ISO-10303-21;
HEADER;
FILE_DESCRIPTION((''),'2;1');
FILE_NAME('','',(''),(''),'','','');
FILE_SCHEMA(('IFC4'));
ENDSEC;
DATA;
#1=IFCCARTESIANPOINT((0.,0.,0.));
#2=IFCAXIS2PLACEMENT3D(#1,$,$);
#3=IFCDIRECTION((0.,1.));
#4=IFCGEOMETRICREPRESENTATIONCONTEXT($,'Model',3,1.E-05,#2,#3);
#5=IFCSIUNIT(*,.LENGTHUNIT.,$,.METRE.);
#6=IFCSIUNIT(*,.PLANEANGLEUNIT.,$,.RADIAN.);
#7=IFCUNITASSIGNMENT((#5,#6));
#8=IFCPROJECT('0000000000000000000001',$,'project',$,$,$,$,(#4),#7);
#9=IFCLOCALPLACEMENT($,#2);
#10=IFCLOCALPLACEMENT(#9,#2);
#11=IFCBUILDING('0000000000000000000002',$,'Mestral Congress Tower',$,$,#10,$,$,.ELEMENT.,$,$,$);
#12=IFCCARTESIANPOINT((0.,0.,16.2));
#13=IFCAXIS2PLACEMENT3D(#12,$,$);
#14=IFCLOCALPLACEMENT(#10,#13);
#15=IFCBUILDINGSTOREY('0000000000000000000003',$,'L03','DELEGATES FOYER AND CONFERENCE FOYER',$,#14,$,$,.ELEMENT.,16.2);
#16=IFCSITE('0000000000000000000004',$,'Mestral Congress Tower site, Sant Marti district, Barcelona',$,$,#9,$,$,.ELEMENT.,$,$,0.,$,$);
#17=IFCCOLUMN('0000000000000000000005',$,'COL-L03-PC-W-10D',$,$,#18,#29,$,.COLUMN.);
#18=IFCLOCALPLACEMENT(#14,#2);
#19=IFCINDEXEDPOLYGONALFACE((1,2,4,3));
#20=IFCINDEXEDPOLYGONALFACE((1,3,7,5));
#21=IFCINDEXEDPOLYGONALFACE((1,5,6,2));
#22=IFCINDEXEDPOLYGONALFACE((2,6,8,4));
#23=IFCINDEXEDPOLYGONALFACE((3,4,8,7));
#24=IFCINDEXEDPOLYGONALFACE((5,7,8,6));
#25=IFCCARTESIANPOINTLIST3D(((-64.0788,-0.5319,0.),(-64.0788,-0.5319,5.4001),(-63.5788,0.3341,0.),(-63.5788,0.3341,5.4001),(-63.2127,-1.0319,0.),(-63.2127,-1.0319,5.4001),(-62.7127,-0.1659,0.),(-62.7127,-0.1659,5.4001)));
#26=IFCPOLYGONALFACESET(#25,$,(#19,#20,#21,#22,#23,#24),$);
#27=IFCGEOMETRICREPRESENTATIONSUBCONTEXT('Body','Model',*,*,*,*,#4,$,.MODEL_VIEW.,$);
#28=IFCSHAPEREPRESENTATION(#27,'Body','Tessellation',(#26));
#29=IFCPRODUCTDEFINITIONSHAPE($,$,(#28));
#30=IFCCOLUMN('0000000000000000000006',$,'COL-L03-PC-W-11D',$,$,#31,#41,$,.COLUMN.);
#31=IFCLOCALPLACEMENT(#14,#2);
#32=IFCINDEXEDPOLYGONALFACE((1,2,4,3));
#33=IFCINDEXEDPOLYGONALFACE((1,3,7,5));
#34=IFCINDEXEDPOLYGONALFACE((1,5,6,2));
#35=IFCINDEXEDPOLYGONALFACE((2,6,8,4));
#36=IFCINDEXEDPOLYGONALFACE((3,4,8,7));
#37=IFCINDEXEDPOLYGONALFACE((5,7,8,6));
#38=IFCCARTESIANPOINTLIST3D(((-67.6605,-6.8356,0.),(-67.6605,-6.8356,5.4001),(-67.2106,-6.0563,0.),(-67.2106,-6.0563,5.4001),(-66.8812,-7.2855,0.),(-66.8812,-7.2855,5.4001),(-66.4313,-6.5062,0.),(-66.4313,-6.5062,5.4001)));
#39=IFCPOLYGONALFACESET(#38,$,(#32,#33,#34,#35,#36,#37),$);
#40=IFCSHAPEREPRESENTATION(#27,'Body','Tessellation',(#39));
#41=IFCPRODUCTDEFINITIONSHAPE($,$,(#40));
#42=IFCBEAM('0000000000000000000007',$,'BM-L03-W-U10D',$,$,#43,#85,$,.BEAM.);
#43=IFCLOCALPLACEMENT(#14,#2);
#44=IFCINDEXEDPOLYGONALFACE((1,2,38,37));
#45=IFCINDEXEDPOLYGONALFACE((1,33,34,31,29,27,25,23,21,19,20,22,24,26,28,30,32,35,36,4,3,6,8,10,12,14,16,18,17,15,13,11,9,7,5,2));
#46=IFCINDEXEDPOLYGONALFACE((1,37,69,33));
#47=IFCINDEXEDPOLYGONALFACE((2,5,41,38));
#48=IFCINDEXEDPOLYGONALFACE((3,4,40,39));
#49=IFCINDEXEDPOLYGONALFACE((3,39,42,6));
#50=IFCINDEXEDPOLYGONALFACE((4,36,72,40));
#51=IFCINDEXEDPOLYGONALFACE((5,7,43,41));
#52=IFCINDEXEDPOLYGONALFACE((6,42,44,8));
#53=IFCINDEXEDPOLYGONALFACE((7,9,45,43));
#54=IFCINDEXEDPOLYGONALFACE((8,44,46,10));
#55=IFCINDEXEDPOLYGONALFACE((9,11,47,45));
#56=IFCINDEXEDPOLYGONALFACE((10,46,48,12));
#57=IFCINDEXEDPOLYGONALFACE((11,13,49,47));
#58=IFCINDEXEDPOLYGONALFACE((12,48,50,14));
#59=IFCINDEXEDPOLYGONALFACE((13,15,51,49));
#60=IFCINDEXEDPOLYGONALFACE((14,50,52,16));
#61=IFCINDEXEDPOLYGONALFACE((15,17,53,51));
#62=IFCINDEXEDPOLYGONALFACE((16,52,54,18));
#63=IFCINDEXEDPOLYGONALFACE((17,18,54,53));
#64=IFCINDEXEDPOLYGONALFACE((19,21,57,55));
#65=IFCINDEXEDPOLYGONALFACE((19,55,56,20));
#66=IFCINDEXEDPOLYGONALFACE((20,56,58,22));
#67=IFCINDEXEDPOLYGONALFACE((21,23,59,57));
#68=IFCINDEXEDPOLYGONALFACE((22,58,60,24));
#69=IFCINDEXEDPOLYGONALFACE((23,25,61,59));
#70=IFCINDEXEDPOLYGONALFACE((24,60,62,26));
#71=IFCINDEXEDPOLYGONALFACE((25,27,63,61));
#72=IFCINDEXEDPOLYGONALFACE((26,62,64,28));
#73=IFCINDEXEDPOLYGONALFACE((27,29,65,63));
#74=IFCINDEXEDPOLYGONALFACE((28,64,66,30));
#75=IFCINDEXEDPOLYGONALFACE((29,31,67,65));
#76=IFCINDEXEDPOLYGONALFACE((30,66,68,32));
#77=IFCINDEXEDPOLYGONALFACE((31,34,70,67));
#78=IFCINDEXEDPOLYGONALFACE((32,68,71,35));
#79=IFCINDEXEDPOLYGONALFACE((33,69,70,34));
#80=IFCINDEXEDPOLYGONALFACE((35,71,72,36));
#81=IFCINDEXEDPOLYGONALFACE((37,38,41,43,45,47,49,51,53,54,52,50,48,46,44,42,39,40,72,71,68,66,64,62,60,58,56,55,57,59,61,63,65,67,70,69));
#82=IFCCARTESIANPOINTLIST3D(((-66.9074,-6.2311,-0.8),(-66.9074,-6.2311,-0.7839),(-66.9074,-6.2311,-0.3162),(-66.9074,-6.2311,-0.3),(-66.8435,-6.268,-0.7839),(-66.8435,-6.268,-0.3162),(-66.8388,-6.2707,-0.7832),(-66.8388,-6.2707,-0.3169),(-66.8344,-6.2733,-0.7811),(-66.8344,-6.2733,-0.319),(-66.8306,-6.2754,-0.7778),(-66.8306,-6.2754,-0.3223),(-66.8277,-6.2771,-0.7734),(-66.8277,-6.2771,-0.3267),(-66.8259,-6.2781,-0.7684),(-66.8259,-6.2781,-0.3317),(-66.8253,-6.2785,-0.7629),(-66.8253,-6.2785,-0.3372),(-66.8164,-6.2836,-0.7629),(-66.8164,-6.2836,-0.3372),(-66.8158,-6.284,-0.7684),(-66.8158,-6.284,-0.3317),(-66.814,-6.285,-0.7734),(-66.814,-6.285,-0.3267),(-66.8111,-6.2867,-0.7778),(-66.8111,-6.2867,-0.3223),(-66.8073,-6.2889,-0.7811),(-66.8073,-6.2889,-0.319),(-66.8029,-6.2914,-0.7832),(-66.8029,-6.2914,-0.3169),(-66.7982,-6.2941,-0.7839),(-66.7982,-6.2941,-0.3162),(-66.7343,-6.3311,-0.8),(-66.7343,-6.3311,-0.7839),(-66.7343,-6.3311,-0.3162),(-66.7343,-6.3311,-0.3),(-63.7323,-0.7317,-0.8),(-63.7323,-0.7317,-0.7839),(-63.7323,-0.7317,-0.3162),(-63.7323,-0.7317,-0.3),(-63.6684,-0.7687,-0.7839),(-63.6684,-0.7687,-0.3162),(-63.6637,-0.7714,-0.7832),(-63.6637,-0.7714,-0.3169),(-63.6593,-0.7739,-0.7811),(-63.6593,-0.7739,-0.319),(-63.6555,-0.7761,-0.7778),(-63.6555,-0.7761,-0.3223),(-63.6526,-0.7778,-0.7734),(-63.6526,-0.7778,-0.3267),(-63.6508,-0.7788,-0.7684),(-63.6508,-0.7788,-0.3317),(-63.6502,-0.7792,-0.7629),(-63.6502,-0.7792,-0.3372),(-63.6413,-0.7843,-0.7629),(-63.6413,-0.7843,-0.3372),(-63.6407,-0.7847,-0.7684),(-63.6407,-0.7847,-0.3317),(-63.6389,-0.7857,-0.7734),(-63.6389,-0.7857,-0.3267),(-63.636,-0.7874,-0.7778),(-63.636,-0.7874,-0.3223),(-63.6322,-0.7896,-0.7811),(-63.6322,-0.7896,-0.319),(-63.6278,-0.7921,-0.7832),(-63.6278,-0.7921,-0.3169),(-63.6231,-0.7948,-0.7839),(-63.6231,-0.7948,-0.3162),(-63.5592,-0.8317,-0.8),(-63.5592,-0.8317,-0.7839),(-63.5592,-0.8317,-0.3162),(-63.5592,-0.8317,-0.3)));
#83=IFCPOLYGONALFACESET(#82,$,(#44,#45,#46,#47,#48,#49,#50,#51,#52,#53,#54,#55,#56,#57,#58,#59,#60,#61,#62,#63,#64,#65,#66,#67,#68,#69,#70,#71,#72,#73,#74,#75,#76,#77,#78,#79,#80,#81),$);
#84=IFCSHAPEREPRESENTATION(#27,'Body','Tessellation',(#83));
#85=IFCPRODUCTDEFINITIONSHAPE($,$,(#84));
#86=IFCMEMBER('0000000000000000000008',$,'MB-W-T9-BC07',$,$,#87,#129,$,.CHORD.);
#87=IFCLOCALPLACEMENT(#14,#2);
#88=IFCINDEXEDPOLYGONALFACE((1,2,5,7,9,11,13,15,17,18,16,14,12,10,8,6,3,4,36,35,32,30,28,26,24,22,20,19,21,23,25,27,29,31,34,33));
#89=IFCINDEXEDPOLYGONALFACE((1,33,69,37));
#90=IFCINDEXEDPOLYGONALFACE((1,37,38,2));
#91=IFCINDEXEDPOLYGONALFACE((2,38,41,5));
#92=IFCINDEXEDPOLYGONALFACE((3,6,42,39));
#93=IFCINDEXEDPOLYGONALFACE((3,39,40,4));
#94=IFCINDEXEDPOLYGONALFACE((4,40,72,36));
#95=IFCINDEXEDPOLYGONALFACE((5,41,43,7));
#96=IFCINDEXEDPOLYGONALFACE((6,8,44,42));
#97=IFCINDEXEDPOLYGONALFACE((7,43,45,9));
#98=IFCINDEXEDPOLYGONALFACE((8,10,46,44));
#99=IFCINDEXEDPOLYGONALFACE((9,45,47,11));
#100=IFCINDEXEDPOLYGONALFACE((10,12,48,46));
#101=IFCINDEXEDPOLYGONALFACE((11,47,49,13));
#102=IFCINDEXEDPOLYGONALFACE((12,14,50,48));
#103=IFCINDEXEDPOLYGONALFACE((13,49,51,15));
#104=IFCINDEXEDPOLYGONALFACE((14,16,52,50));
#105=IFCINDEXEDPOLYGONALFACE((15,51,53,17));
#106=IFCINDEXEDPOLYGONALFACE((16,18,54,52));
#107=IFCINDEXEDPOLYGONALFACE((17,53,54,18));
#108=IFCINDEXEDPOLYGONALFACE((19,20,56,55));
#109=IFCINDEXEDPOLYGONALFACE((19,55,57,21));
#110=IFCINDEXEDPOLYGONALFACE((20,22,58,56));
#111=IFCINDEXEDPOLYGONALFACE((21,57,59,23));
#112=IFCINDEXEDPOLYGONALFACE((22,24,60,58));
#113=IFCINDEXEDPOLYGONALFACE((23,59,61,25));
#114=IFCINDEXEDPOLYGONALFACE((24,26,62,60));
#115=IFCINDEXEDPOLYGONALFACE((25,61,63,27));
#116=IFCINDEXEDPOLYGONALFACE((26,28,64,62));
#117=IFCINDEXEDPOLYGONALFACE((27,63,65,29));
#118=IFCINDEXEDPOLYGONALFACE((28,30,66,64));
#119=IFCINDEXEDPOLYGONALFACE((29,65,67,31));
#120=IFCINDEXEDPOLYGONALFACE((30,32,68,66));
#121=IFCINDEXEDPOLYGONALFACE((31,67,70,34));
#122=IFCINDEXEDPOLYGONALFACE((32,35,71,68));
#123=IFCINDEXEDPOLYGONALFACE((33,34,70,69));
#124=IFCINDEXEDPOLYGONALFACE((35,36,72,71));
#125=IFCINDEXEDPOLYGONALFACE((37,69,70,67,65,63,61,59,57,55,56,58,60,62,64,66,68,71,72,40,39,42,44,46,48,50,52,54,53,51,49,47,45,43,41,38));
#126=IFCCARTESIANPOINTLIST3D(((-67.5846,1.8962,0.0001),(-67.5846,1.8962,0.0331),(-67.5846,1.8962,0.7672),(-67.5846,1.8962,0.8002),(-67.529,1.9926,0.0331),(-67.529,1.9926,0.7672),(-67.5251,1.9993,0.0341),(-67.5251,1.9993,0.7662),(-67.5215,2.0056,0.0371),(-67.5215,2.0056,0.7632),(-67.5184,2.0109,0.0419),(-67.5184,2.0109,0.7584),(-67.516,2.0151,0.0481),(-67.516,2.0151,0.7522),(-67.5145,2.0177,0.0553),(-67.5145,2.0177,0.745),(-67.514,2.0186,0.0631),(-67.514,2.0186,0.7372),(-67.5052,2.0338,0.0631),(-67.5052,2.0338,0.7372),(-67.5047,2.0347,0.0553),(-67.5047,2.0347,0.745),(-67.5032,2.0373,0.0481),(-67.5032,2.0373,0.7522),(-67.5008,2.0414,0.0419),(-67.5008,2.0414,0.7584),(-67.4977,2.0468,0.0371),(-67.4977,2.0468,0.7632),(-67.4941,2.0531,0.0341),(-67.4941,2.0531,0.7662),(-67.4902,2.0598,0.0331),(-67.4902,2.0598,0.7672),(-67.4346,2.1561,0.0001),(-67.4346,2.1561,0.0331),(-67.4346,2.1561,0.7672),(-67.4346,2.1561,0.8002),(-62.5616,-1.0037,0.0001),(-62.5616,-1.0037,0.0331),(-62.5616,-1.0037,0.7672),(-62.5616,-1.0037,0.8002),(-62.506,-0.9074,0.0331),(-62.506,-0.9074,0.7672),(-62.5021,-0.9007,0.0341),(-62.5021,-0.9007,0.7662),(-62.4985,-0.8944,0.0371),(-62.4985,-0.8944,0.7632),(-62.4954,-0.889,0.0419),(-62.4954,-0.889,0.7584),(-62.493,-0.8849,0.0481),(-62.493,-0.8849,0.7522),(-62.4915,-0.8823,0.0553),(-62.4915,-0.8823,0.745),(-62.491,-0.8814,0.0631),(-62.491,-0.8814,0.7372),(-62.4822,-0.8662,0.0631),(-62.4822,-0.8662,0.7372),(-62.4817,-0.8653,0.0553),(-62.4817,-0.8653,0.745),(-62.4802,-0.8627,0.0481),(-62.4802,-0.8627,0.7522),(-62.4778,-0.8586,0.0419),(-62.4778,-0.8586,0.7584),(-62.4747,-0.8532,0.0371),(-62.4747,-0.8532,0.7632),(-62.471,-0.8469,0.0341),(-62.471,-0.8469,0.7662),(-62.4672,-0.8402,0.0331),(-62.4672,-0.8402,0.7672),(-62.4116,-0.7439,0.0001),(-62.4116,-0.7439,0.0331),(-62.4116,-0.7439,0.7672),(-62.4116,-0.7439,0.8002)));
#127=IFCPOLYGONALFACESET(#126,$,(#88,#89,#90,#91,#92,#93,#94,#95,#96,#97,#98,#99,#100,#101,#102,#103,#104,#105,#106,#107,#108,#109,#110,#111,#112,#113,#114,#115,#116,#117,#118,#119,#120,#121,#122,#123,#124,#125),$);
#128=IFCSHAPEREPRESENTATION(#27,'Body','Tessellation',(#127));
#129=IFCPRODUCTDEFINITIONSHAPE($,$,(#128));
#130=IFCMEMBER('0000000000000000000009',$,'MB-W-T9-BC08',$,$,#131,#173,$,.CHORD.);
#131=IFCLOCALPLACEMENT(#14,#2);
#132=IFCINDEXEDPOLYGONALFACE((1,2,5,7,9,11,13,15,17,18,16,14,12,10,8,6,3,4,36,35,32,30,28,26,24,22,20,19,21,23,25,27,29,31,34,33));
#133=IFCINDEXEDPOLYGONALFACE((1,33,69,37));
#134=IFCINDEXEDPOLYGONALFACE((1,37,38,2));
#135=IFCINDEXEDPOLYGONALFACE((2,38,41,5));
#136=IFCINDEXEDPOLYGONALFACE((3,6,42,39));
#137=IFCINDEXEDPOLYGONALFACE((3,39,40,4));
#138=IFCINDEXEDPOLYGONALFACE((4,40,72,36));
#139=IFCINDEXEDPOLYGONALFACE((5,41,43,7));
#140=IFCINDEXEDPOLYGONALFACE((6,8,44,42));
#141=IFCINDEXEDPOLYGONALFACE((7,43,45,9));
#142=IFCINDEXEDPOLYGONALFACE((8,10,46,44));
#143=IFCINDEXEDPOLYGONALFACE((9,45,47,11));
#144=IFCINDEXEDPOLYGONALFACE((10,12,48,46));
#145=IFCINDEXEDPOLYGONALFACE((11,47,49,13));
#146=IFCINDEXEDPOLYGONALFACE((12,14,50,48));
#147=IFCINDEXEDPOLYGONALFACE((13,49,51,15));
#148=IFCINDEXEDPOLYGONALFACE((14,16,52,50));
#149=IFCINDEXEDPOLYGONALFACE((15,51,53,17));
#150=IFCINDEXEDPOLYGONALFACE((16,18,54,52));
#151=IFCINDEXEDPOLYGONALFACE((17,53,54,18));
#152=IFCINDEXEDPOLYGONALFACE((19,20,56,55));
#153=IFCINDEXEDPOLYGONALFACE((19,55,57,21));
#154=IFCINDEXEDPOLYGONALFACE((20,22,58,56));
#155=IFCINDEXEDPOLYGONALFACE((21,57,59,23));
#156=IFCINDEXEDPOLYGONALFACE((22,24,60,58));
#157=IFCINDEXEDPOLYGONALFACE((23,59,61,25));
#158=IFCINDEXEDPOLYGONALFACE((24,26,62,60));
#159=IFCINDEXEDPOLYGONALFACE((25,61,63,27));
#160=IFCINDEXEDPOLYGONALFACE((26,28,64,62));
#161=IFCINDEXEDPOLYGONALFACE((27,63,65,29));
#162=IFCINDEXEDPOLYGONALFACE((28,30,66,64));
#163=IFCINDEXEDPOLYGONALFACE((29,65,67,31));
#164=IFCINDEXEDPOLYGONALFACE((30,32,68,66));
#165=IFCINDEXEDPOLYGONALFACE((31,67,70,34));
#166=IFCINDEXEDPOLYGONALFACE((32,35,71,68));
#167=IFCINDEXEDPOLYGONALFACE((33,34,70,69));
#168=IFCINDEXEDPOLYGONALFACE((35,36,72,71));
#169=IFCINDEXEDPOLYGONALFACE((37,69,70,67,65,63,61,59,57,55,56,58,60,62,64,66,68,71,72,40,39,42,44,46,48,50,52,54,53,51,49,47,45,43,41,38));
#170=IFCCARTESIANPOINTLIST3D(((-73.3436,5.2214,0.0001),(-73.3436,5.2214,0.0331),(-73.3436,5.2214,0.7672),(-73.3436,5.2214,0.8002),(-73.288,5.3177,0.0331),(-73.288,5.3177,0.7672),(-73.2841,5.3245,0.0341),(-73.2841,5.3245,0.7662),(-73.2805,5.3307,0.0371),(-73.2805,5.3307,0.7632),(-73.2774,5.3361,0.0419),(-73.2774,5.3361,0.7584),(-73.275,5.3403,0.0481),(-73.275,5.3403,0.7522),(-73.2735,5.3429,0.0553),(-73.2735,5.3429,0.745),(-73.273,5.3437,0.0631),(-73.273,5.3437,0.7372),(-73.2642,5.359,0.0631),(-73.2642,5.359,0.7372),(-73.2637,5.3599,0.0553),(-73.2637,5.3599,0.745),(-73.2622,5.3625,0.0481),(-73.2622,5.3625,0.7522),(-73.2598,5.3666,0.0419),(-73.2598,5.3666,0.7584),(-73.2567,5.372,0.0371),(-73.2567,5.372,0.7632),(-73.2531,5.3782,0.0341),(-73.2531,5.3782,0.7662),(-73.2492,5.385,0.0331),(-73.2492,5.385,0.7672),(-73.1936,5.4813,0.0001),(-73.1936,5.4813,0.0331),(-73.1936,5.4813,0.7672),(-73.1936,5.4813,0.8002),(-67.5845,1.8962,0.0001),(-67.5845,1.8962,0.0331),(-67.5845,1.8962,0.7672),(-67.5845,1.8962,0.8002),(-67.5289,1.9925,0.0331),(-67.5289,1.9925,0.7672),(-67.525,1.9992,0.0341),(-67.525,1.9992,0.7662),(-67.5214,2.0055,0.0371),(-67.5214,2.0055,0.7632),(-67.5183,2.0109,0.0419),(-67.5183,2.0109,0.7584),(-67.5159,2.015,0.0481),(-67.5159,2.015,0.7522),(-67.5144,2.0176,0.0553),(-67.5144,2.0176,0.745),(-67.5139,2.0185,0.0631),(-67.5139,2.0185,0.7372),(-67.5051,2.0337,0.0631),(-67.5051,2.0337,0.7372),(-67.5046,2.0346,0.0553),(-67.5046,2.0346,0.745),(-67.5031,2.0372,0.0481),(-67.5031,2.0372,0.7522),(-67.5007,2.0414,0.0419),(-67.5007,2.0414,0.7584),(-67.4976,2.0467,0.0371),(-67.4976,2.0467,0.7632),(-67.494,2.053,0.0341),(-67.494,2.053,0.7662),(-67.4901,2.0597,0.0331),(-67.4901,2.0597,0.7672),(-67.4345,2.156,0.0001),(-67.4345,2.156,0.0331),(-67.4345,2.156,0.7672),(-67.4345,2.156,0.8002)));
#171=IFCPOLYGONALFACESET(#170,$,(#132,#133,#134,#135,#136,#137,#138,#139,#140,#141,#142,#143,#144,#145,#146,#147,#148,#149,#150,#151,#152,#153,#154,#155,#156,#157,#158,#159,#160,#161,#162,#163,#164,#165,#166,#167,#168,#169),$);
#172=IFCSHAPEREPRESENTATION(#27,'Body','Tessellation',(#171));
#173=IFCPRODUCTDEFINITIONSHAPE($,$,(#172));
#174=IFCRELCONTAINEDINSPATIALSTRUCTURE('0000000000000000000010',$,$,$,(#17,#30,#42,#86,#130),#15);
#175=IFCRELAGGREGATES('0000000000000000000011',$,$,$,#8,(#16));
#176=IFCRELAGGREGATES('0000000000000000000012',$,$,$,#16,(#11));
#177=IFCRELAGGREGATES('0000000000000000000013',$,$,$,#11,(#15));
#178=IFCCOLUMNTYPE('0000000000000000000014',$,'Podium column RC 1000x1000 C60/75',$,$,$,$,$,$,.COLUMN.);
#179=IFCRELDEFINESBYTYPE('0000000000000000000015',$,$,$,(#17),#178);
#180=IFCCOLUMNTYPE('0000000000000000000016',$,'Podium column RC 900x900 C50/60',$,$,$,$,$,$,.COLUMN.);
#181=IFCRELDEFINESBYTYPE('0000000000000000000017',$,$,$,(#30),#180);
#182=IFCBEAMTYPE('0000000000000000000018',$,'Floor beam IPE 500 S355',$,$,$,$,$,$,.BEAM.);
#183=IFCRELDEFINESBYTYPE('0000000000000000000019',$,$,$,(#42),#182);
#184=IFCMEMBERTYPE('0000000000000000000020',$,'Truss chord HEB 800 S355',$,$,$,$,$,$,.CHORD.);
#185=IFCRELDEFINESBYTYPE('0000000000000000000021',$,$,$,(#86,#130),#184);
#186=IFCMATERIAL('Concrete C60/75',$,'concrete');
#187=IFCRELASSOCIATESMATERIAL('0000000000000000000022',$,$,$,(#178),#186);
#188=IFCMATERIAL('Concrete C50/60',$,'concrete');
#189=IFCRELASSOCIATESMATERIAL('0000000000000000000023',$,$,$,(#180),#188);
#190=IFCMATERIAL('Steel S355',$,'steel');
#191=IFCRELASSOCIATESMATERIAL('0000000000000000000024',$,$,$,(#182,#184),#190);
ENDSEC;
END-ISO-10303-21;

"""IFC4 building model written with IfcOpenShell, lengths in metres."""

from ifc_helpers import new_model, si_unit, direction, frame, origin, origin_2d, place, context, subcontext, project, spatial, rectangle, i_section, extrude, material, material_profile, profile_set, type_object, element, save


model = new_model("IFC4")

# Units and contexts
model_context = context("Model", 3, precision=1e-05, world=origin(), true_north=direction((0.0, 1.0)))
body_context = subcontext(model_context, "Body", "Model", "MODEL_VIEW")
ifc_project = project(units=[si_unit("LENGTHUNIT", "METRE"), si_unit("PLANEANGLEUNIT", "RADIAN")], contexts=[model_context])

# Site, building, storey
site_placement = place(None, origin())
site = spatial("IfcSite", under=ifc_project, at=site_placement, Name="Mestral Congress Tower site, Sant Marti district, Barcelona", CompositionType="ELEMENT", RefElevation=0.0)
building_placement = place(site_placement, origin())
building = spatial("IfcBuilding", under=site, at=building_placement, Name="Mestral Congress Tower", CompositionType="ELEMENT")
storey_placement = place(building_placement, frame((0.0, 0.0, 16.2)))
storey = spatial("IfcBuildingStorey", under=building, at=storey_placement, Name="L03", Description="DELEGATES FOYER AND CONFERENCE FOYER", CompositionType="ELEMENT", Elevation=16.2)

# Columns
ifc_material_1 = material(Name="Concrete C60/75", Category="concrete")
ifc_material_profile_1 = material_profile(ifc_material_1, rectangle(XDim=1.0, YDim=1.0, at=origin_2d()), Name="RC 1000x1000")
ifc_profile_set_1 = profile_set([ifc_material_profile_1], Name="Concrete C60/75")
column_type_1 = type_object("IfcColumnType", Name="Podium column RC 1000x1000 C60/75", PredefinedType="COLUMN", material=ifc_profile_set_1)
column_1_placement = place(storey_placement, frame((-63.3958, -0.3489, 0.0), z_axis=(0.0, 0.0, 1.0), x_axis=(-0.5, -0.866025, 0.0)))
element("IfcColumn", 1, at=column_1_placement, inside=storey, type_object=column_type_1, Name="COL-L03-PC-W-10D", PredefinedType="COLUMN", context=body_context, shape_type="SweptSolid", body=[
    extrude(rectangle(XDim=1.0, YDim=1.0, at=origin_2d()), origin(), (0.0, 0.0, 1.0), 5.4001),
])
ifc_material_2 = material(Name="Concrete C50/60", Category="concrete")
ifc_material_profile_2 = material_profile(ifc_material_2, rectangle(XDim=0.8999, YDim=0.8999, at=origin_2d()), Name="RC 900x900")
ifc_profile_set_2 = profile_set([ifc_material_profile_2], Name="Concrete C50/60")
column_type_2 = type_object("IfcColumnType", Name="Podium column RC 900x900 C50/60", PredefinedType="COLUMN", material=ifc_profile_set_2)
column_2_placement = place(storey_placement, frame((-67.0459, -6.6709, 0.0), z_axis=(0.0, 0.0, 1.0), x_axis=(-0.5, -0.866025, 0.0)))
element("IfcColumn", 2, at=column_2_placement, inside=storey, type_object=column_type_2, Name="COL-L03-PC-W-11D", PredefinedType="COLUMN", context=body_context, shape_type="SweptSolid", body=[
    extrude(rectangle(XDim=0.8999, YDim=0.8999, at=origin_2d()), origin(), (0.0, 0.0, 1.0), 5.4001),
])

# Beam
ifc_material_3 = material(Name="Steel S355", Category="steel")
ifc_material_profile_3 = material_profile(ifc_material_3, i_section(OverallWidth=0.2, OverallDepth=0.5, WebThickness=0.0103, FlangeThickness=0.0161, FilletRadius=0.021, at=origin_2d()), Name="IPE 500")
ifc_profile_set_3 = profile_set([ifc_material_profile_3], Name="Steel S355")
beam_type = type_object("IfcBeamType", Name="Floor beam IPE 500 S355", PredefinedType="BEAM", material=ifc_profile_set_3)
beam_placement = place(storey_placement, frame((-63.6458, -0.7817, -0.55), z_axis=(-0.500005, -0.866022, 0.0), x_axis=(0.866022, -0.500005, 0.0)))
element("IfcBeam", 3, at=beam_placement, inside=storey, type_object=beam_type, Name="BM-L03-W-U10D", PredefinedType="BEAM", context=body_context, shape_type="SweptSolid", body=[
    extrude(i_section(OverallWidth=0.2, OverallDepth=0.5, WebThickness=0.0103, FlangeThickness=0.0161, FilletRadius=0.021, at=origin_2d()), origin(), (0.0, 0.0, 1.0), 6.3501),
])

# Members
ifc_material_profile_4 = material_profile(ifc_material_3, i_section(OverallWidth=0.3, OverallDepth=0.8, WebThickness=0.0176, FlangeThickness=0.033, FilletRadius=0.03, at=origin_2d()), Name="HEB 800")
ifc_profile_set_4 = profile_set([ifc_material_profile_4], Name="Steel S355")
member_type_1 = type_object("IfcMemberType", Name="Truss chord HEB 800 S355", PredefinedType="CHORD", material=ifc_profile_set_4)
member_1_placement = place(storey_placement, frame((-62.4866, -0.8738, 0.4001), z_axis=(-0.866033, 0.499987, 0.0), x_axis=(-0.499987, -0.866033, 0.0)))
element("IfcMember", 4, at=member_1_placement, inside=storey, type_object=member_type_1, Name="MB-W-T9-BC07", PredefinedType="CHORD", context=body_context, shape_type="SweptSolid", body=[
    extrude(i_section(OverallWidth=0.3, OverallDepth=0.8, WebThickness=0.0176, FlangeThickness=0.033, FilletRadius=0.03, at=origin_2d()), origin(), (0.0, 0.0, 1.0), 5.8),
])
member_2_placement = place(storey_placement, frame((-67.5095, 2.0261, 0.4001), z_axis=(-0.866011, 0.500024, 0.0), x_axis=(-0.500024, -0.866011, 0.0)))
element("IfcMember", 5, at=member_2_placement, inside=storey, type_object=member_type_1, Name="MB-W-T9-BC08", PredefinedType="CHORD", context=body_context, shape_type="SweptSolid", body=[
    extrude(i_section(OverallWidth=0.3, OverallDepth=0.8, WebThickness=0.0176, FlangeThickness=0.033, FilletRadius=0.03, at=origin_2d()), origin(), (0.0, 0.0, 1.0), 6.6501),
])

save(model, "model.ifc")
